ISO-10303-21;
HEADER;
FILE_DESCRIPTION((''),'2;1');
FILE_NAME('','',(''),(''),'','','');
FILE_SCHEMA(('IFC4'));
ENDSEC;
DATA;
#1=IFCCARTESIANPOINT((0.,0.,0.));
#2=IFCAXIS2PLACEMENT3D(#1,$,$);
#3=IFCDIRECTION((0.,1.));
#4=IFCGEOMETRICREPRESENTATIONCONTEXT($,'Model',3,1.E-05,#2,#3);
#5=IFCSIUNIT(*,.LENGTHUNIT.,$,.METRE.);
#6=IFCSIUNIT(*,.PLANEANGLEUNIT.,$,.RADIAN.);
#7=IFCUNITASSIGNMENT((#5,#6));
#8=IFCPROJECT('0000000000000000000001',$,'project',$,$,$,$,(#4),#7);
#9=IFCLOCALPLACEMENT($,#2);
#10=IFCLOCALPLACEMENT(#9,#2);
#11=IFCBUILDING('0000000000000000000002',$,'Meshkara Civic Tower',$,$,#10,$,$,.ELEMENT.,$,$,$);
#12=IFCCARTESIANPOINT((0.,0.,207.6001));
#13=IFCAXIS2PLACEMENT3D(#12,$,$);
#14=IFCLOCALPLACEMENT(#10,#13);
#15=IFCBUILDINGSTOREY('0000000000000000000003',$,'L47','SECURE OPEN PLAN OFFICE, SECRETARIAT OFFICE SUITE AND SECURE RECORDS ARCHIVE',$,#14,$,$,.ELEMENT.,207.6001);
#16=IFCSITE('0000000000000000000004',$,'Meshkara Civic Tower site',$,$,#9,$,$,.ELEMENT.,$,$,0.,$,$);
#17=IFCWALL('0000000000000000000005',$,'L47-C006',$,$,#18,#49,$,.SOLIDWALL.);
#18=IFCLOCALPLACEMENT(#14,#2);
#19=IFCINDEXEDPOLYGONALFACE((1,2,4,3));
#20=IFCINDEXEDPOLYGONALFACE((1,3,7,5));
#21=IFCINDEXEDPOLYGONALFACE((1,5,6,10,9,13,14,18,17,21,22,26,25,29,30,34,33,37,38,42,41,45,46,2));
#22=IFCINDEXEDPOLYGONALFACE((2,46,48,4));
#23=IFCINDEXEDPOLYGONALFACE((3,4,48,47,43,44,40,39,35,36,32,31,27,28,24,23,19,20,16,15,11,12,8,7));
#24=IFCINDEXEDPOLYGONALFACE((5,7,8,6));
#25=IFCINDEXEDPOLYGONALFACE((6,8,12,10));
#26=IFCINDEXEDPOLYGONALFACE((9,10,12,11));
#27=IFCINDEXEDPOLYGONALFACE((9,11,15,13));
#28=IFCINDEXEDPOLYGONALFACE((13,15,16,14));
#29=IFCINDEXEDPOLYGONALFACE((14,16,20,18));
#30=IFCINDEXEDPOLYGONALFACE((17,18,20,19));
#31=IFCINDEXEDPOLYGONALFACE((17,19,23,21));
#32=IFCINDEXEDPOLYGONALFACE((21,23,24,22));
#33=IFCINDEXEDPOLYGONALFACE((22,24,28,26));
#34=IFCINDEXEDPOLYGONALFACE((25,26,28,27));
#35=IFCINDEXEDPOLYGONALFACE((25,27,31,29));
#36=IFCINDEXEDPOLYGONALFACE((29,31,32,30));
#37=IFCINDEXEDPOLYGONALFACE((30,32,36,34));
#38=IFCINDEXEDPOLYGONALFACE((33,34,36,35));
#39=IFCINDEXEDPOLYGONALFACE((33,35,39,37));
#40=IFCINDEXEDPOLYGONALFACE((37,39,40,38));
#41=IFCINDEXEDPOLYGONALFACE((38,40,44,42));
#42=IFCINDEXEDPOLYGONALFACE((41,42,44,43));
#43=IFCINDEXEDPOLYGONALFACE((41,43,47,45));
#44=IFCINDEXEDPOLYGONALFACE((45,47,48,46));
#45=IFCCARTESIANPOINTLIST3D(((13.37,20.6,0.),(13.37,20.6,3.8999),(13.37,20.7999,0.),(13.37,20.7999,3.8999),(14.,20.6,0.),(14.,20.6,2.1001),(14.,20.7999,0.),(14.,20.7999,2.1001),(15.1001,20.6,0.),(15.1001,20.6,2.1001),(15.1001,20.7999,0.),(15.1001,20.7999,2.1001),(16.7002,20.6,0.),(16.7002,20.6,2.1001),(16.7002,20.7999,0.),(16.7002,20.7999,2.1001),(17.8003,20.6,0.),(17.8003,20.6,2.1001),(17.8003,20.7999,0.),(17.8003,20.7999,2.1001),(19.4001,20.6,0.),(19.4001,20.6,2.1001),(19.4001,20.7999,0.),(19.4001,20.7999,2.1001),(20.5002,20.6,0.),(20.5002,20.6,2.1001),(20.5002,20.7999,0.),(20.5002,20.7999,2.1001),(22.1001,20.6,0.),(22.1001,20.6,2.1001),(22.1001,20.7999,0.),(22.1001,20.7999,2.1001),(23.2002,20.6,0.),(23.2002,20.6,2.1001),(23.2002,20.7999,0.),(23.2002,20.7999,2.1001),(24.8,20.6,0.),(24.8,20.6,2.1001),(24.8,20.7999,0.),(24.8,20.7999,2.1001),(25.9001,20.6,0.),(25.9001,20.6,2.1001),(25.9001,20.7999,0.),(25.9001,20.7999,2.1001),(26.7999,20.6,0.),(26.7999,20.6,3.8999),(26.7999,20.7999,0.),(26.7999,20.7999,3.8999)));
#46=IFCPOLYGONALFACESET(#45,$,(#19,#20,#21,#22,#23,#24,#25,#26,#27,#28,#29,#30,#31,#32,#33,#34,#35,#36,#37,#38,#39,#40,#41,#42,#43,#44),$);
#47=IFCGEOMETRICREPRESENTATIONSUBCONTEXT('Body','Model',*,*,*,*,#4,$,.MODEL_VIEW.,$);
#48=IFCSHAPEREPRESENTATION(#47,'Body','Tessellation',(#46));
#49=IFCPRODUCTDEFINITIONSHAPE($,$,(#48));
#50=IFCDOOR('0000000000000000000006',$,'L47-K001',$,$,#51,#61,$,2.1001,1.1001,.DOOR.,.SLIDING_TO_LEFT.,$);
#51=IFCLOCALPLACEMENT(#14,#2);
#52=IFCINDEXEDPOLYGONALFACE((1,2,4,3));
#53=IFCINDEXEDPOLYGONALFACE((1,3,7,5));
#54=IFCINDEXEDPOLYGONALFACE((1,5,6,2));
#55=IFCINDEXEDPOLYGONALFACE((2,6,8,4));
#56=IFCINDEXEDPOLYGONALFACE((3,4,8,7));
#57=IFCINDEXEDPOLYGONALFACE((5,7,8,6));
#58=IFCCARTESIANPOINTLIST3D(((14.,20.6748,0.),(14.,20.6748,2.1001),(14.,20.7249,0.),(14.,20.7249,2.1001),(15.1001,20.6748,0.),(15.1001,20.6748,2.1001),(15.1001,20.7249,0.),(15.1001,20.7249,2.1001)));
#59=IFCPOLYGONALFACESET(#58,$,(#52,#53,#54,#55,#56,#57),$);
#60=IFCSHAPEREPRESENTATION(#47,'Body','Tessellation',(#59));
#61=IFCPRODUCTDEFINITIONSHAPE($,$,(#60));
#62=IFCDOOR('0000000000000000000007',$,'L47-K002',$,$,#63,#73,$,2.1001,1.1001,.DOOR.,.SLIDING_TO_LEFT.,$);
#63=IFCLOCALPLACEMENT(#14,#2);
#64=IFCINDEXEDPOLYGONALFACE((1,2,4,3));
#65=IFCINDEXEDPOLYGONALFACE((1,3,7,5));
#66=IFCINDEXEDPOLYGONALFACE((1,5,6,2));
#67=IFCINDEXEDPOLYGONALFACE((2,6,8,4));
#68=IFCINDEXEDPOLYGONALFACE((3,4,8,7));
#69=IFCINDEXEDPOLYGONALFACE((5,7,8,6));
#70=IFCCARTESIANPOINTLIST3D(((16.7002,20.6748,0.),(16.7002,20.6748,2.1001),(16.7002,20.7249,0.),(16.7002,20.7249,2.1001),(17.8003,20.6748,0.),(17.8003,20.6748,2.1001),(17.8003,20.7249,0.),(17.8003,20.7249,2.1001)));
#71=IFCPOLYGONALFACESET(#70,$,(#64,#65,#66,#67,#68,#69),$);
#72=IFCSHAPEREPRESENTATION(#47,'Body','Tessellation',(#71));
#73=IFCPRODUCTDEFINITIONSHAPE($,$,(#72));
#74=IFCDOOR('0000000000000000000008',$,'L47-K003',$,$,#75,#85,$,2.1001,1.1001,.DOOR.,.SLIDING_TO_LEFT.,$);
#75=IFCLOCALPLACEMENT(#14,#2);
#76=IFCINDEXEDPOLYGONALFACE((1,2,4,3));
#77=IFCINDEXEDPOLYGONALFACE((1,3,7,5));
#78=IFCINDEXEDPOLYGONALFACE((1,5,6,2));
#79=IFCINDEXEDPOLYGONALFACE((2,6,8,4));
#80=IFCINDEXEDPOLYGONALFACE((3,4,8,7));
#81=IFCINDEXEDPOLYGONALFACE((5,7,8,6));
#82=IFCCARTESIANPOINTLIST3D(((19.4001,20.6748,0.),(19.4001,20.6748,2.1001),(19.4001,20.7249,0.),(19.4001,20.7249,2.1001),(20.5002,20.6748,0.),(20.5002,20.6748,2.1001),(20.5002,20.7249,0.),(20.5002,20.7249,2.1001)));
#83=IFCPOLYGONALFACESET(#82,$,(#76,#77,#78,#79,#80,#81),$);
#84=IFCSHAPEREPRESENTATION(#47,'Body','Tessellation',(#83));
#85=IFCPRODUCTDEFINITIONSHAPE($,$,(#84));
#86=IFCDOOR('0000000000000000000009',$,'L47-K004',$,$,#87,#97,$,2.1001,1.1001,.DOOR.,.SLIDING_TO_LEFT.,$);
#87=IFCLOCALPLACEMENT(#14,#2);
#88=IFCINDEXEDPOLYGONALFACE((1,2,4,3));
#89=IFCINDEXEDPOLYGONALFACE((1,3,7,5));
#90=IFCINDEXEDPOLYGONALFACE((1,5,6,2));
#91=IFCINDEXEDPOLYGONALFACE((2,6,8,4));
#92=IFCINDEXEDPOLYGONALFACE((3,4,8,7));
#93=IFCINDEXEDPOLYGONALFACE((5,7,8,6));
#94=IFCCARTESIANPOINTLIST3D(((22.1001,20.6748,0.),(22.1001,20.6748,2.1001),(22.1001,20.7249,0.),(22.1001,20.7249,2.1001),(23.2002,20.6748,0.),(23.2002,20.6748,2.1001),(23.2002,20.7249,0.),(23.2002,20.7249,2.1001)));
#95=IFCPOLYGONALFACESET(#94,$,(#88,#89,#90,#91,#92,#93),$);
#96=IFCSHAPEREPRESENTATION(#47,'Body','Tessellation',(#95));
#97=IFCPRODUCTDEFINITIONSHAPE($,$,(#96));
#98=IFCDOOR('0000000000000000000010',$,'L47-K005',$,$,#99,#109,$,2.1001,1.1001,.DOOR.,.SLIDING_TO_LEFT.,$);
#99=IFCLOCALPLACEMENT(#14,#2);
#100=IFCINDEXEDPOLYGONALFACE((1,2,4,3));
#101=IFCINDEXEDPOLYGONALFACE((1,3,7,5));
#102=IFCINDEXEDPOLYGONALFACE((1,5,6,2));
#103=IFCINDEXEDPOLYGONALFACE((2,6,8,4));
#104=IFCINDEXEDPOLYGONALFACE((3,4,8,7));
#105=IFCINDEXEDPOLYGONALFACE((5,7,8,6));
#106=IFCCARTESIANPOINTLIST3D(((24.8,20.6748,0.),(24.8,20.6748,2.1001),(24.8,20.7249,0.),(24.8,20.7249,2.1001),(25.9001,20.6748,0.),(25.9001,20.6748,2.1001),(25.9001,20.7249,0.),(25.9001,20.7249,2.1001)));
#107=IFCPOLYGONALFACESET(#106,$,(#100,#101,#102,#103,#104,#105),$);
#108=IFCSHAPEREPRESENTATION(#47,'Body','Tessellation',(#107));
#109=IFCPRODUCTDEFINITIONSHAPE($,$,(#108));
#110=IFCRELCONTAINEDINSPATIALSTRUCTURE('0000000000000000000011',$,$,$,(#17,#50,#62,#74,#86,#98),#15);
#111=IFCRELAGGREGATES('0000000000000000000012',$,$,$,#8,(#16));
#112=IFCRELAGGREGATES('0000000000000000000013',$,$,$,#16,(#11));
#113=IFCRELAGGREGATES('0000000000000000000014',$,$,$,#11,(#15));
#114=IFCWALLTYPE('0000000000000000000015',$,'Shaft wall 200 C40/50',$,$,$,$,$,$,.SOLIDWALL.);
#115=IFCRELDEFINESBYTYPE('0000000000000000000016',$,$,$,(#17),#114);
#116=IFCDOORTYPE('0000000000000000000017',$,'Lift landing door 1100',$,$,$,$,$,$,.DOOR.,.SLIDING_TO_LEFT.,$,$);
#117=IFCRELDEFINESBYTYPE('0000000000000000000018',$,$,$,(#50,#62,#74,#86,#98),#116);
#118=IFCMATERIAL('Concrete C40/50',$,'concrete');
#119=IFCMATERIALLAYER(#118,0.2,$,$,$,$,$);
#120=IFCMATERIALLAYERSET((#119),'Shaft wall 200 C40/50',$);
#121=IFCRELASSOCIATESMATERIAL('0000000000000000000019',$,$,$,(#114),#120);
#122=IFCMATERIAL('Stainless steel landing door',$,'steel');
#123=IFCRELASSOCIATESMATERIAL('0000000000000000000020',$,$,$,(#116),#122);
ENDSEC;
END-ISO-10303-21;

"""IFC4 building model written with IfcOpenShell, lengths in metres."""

from ifc_helpers import new_model, si_unit, direction, frame, frame_2d, origin, place, context, subcontext, project, spatial, rectangle, extrude, material, layer, layer_set, type_object, element, fill, save


model = new_model("IFC4")

# Units and contexts
model_context = context("Model", 3, precision=1e-05, world=origin(), true_north=direction((0.0, 1.0)))
body_context = subcontext(model_context, "Body", "Model", "MODEL_VIEW")
ifc_project = project(units=[si_unit("LENGTHUNIT", "METRE"), si_unit("PLANEANGLEUNIT", "RADIAN")], contexts=[model_context])

# Site, building, storey
site_placement = place(None, origin())
site = spatial("IfcSite", under=ifc_project, at=site_placement, Name="Meshkara Civic Tower site", CompositionType="ELEMENT", RefElevation=0.0)
building_placement = place(site_placement, origin())
building = spatial("IfcBuilding", under=site, at=building_placement, Name="Meshkara Civic Tower", CompositionType="ELEMENT")
storey_placement = place(building_placement, frame((0.0, 0.0, 207.6001)))
storey = spatial("IfcBuildingStorey", under=building, at=storey_placement, Name="L47", Description="SECURE OPEN PLAN OFFICE, SECRETARIAT OFFICE SUITE AND SECURE RECORDS ARCHIVE", CompositionType="ELEMENT", Elevation=207.6001)

# Wall, openings, doors
ifc_material_1 = material(Name="Concrete C40/50", Category="concrete")
ifc_layer_1 = layer(ifc_material_1, 0.2)
ifc_layer_set_1 = layer_set([ifc_layer_1], Name="Shaft wall 200 C40/50")
wall_type_1 = type_object("IfcWallType", Name="Shaft wall 200 C40/50", PredefinedType="SOLIDWALL", material=ifc_layer_set_1)
wall_1_placement = place(storey_placement, frame((13.3701, 20.7, 0.0), z_axis=(0.0, 0.0, 1.0), x_axis=(1.0, 0.0, 0.0)))
wall_1 = element("IfcWall", 1, at=wall_1_placement, inside=storey, type_object=wall_type_1, Name="L47-C006", PredefinedType="SOLIDWALL", context=body_context, shape_type="SweptSolid", body=[
    extrude(rectangle(XDim=13.4299, YDim=0.2, at=frame_2d((6.7148, 0.0))), origin(), (0.0, 0.0, 1.0), 3.8999),
])
opening_1_placement = place(wall_1_placement, frame((0.6299, 0.0, 0.0)))
opening_1 = element("IfcOpeningElement", 2, at=opening_1_placement, cuts=wall_1, PredefinedType="OPENING", context=body_context, shape_type="SweptSolid", body=[
    extrude(rectangle(XDim=1.1001, YDim=2.1001, at=frame_2d((0.55, 1.05))), frame((0.0, 0.1099, 0.0), z_axis=(0.0, -1.0, 0.0), x_axis=(1.0, 0.0, 0.0)), (0.0, 0.0, 1.0), 0.22),
])
opening_2_placement = place(wall_1_placement, frame((3.3301, 0.0, 0.0)))
opening_2 = element("IfcOpeningElement", 3, at=opening_2_placement, cuts=wall_1, PredefinedType="OPENING", context=body_context, shape_type="SweptSolid", body=[
    extrude(rectangle(XDim=1.1001, YDim=2.1001, at=frame_2d((0.55, 1.05))), frame((0.0, 0.1099, 0.0), z_axis=(0.0, -1.0, 0.0), x_axis=(1.0, 0.0, 0.0)), (0.0, 0.0, 1.0), 0.22),
])
opening_3_placement = place(wall_1_placement, frame((6.03, 0.0, 0.0)))
opening_3 = element("IfcOpeningElement", 4, at=opening_3_placement, cuts=wall_1, PredefinedType="OPENING", context=body_context, shape_type="SweptSolid", body=[
    extrude(rectangle(XDim=1.1001, YDim=2.1001, at=frame_2d((0.55, 1.05))), frame((0.0, 0.1099, 0.0), z_axis=(0.0, -1.0, 0.0), x_axis=(1.0, 0.0, 0.0)), (0.0, 0.0, 1.0), 0.22),
])
opening_4_placement = place(wall_1_placement, frame((8.73, 0.0, 0.0)))
opening_4 = element("IfcOpeningElement", 5, at=opening_4_placement, cuts=wall_1, PredefinedType="OPENING", context=body_context, shape_type="SweptSolid", body=[
    extrude(rectangle(XDim=1.1001, YDim=2.1001, at=frame_2d((0.55, 1.05))), frame((0.0, 0.1099, 0.0), z_axis=(0.0, -1.0, 0.0), x_axis=(1.0, 0.0, 0.0)), (0.0, 0.0, 1.0), 0.22),
])
opening_5_placement = place(wall_1_placement, frame((11.4299, 0.0, 0.0)))
opening_5 = element("IfcOpeningElement", 6, at=opening_5_placement, cuts=wall_1, PredefinedType="OPENING", context=body_context, shape_type="SweptSolid", body=[
    extrude(rectangle(XDim=1.1001, YDim=2.1001, at=frame_2d((0.55, 1.05))), frame((0.0, 0.1099, 0.0), z_axis=(0.0, -1.0, 0.0), x_axis=(1.0, 0.0, 0.0)), (0.0, 0.0, 1.0), 0.22),
])
ifc_material_2 = material(Name="Stainless steel landing door", Category="steel")
door_type_1 = type_object("IfcDoorType", Name="Lift landing door 1100", OperationType="SLIDING_TO_LEFT", PredefinedType="DOOR", material=ifc_material_2)
door_1_placement = place(opening_1_placement, origin())
door_1 = element("IfcDoor", 7, at=door_1_placement, inside=storey, type_object=door_type_1, Name="L47-K001", OperationType="SLIDING_TO_LEFT", OverallHeight=2.1001, OverallWidth=1.1001, PredefinedType="DOOR", context=body_context, shape_type="SweptSolid", body=[
    extrude(rectangle(XDim=1.1001, YDim=2.1001, at=frame_2d((0.55, 1.05))), frame((0.0, 0.0249, 0.0), z_axis=(0.0, -1.0, 0.0), x_axis=(1.0, 0.0, 0.0)), (0.0, 0.0, 1.0), 0.05),
])
fill(opening_1, door_1)
door_2_placement = place(opening_2_placement, origin())
door_2 = element("IfcDoor", 8, at=door_2_placement, inside=storey, type_object=door_type_1, Name="L47-K002", OperationType="SLIDING_TO_LEFT", OverallHeight=2.1001, OverallWidth=1.1001, PredefinedType="DOOR", context=body_context, shape_type="SweptSolid", body=[
    extrude(rectangle(XDim=1.1001, YDim=2.1001, at=frame_2d((0.55, 1.05))), frame((0.0, 0.0249, 0.0), z_axis=(0.0, -1.0, 0.0), x_axis=(1.0, 0.0, 0.0)), (0.0, 0.0, 1.0), 0.05),
])
fill(opening_2, door_2)
door_3_placement = place(opening_3_placement, origin())
door_3 = element("IfcDoor", 9, at=door_3_placement, inside=storey, type_object=door_type_1, Name="L47-K003", OperationType="SLIDING_TO_LEFT", OverallHeight=2.1001, OverallWidth=1.1001, PredefinedType="DOOR", context=body_context, shape_type="SweptSolid", body=[
    extrude(rectangle(XDim=1.1001, YDim=2.1001, at=frame_2d((0.55, 1.05))), frame((0.0, 0.0249, 0.0), z_axis=(0.0, -1.0, 0.0), x_axis=(1.0, 0.0, 0.0)), (0.0, 0.0, 1.0), 0.05),
])
fill(opening_3, door_3)
door_4_placement = place(opening_4_placement, origin())
door_4 = element("IfcDoor", 10, at=door_4_placement, inside=storey, type_object=door_type_1, Name="L47-K004", OperationType="SLIDING_TO_LEFT", OverallHeight=2.1001, OverallWidth=1.1001, PredefinedType="DOOR", context=body_context, shape_type="SweptSolid", body=[
    extrude(rectangle(XDim=1.1001, YDim=2.1001, at=frame_2d((0.55, 1.05))), frame((0.0, 0.0249, 0.0), z_axis=(0.0, -1.0, 0.0), x_axis=(1.0, 0.0, 0.0)), (0.0, 0.0, 1.0), 0.05),
])
fill(opening_4, door_4)
door_5_placement = place(opening_5_placement, origin())
door_5 = element("IfcDoor", 11, at=door_5_placement, inside=storey, type_object=door_type_1, Name="L47-K005", OperationType="SLIDING_TO_LEFT", OverallHeight=2.1001, OverallWidth=1.1001, PredefinedType="DOOR", context=body_context, shape_type="SweptSolid", body=[
    extrude(rectangle(XDim=1.1001, YDim=2.1001, at=frame_2d((0.55, 1.05))), frame((0.0, 0.0249, 0.0), z_axis=(0.0, -1.0, 0.0), x_axis=(1.0, 0.0, 0.0)), (0.0, 0.0, 1.0), 0.05),
])
fill(opening_5, door_5)

save(model, "model.ifc")
